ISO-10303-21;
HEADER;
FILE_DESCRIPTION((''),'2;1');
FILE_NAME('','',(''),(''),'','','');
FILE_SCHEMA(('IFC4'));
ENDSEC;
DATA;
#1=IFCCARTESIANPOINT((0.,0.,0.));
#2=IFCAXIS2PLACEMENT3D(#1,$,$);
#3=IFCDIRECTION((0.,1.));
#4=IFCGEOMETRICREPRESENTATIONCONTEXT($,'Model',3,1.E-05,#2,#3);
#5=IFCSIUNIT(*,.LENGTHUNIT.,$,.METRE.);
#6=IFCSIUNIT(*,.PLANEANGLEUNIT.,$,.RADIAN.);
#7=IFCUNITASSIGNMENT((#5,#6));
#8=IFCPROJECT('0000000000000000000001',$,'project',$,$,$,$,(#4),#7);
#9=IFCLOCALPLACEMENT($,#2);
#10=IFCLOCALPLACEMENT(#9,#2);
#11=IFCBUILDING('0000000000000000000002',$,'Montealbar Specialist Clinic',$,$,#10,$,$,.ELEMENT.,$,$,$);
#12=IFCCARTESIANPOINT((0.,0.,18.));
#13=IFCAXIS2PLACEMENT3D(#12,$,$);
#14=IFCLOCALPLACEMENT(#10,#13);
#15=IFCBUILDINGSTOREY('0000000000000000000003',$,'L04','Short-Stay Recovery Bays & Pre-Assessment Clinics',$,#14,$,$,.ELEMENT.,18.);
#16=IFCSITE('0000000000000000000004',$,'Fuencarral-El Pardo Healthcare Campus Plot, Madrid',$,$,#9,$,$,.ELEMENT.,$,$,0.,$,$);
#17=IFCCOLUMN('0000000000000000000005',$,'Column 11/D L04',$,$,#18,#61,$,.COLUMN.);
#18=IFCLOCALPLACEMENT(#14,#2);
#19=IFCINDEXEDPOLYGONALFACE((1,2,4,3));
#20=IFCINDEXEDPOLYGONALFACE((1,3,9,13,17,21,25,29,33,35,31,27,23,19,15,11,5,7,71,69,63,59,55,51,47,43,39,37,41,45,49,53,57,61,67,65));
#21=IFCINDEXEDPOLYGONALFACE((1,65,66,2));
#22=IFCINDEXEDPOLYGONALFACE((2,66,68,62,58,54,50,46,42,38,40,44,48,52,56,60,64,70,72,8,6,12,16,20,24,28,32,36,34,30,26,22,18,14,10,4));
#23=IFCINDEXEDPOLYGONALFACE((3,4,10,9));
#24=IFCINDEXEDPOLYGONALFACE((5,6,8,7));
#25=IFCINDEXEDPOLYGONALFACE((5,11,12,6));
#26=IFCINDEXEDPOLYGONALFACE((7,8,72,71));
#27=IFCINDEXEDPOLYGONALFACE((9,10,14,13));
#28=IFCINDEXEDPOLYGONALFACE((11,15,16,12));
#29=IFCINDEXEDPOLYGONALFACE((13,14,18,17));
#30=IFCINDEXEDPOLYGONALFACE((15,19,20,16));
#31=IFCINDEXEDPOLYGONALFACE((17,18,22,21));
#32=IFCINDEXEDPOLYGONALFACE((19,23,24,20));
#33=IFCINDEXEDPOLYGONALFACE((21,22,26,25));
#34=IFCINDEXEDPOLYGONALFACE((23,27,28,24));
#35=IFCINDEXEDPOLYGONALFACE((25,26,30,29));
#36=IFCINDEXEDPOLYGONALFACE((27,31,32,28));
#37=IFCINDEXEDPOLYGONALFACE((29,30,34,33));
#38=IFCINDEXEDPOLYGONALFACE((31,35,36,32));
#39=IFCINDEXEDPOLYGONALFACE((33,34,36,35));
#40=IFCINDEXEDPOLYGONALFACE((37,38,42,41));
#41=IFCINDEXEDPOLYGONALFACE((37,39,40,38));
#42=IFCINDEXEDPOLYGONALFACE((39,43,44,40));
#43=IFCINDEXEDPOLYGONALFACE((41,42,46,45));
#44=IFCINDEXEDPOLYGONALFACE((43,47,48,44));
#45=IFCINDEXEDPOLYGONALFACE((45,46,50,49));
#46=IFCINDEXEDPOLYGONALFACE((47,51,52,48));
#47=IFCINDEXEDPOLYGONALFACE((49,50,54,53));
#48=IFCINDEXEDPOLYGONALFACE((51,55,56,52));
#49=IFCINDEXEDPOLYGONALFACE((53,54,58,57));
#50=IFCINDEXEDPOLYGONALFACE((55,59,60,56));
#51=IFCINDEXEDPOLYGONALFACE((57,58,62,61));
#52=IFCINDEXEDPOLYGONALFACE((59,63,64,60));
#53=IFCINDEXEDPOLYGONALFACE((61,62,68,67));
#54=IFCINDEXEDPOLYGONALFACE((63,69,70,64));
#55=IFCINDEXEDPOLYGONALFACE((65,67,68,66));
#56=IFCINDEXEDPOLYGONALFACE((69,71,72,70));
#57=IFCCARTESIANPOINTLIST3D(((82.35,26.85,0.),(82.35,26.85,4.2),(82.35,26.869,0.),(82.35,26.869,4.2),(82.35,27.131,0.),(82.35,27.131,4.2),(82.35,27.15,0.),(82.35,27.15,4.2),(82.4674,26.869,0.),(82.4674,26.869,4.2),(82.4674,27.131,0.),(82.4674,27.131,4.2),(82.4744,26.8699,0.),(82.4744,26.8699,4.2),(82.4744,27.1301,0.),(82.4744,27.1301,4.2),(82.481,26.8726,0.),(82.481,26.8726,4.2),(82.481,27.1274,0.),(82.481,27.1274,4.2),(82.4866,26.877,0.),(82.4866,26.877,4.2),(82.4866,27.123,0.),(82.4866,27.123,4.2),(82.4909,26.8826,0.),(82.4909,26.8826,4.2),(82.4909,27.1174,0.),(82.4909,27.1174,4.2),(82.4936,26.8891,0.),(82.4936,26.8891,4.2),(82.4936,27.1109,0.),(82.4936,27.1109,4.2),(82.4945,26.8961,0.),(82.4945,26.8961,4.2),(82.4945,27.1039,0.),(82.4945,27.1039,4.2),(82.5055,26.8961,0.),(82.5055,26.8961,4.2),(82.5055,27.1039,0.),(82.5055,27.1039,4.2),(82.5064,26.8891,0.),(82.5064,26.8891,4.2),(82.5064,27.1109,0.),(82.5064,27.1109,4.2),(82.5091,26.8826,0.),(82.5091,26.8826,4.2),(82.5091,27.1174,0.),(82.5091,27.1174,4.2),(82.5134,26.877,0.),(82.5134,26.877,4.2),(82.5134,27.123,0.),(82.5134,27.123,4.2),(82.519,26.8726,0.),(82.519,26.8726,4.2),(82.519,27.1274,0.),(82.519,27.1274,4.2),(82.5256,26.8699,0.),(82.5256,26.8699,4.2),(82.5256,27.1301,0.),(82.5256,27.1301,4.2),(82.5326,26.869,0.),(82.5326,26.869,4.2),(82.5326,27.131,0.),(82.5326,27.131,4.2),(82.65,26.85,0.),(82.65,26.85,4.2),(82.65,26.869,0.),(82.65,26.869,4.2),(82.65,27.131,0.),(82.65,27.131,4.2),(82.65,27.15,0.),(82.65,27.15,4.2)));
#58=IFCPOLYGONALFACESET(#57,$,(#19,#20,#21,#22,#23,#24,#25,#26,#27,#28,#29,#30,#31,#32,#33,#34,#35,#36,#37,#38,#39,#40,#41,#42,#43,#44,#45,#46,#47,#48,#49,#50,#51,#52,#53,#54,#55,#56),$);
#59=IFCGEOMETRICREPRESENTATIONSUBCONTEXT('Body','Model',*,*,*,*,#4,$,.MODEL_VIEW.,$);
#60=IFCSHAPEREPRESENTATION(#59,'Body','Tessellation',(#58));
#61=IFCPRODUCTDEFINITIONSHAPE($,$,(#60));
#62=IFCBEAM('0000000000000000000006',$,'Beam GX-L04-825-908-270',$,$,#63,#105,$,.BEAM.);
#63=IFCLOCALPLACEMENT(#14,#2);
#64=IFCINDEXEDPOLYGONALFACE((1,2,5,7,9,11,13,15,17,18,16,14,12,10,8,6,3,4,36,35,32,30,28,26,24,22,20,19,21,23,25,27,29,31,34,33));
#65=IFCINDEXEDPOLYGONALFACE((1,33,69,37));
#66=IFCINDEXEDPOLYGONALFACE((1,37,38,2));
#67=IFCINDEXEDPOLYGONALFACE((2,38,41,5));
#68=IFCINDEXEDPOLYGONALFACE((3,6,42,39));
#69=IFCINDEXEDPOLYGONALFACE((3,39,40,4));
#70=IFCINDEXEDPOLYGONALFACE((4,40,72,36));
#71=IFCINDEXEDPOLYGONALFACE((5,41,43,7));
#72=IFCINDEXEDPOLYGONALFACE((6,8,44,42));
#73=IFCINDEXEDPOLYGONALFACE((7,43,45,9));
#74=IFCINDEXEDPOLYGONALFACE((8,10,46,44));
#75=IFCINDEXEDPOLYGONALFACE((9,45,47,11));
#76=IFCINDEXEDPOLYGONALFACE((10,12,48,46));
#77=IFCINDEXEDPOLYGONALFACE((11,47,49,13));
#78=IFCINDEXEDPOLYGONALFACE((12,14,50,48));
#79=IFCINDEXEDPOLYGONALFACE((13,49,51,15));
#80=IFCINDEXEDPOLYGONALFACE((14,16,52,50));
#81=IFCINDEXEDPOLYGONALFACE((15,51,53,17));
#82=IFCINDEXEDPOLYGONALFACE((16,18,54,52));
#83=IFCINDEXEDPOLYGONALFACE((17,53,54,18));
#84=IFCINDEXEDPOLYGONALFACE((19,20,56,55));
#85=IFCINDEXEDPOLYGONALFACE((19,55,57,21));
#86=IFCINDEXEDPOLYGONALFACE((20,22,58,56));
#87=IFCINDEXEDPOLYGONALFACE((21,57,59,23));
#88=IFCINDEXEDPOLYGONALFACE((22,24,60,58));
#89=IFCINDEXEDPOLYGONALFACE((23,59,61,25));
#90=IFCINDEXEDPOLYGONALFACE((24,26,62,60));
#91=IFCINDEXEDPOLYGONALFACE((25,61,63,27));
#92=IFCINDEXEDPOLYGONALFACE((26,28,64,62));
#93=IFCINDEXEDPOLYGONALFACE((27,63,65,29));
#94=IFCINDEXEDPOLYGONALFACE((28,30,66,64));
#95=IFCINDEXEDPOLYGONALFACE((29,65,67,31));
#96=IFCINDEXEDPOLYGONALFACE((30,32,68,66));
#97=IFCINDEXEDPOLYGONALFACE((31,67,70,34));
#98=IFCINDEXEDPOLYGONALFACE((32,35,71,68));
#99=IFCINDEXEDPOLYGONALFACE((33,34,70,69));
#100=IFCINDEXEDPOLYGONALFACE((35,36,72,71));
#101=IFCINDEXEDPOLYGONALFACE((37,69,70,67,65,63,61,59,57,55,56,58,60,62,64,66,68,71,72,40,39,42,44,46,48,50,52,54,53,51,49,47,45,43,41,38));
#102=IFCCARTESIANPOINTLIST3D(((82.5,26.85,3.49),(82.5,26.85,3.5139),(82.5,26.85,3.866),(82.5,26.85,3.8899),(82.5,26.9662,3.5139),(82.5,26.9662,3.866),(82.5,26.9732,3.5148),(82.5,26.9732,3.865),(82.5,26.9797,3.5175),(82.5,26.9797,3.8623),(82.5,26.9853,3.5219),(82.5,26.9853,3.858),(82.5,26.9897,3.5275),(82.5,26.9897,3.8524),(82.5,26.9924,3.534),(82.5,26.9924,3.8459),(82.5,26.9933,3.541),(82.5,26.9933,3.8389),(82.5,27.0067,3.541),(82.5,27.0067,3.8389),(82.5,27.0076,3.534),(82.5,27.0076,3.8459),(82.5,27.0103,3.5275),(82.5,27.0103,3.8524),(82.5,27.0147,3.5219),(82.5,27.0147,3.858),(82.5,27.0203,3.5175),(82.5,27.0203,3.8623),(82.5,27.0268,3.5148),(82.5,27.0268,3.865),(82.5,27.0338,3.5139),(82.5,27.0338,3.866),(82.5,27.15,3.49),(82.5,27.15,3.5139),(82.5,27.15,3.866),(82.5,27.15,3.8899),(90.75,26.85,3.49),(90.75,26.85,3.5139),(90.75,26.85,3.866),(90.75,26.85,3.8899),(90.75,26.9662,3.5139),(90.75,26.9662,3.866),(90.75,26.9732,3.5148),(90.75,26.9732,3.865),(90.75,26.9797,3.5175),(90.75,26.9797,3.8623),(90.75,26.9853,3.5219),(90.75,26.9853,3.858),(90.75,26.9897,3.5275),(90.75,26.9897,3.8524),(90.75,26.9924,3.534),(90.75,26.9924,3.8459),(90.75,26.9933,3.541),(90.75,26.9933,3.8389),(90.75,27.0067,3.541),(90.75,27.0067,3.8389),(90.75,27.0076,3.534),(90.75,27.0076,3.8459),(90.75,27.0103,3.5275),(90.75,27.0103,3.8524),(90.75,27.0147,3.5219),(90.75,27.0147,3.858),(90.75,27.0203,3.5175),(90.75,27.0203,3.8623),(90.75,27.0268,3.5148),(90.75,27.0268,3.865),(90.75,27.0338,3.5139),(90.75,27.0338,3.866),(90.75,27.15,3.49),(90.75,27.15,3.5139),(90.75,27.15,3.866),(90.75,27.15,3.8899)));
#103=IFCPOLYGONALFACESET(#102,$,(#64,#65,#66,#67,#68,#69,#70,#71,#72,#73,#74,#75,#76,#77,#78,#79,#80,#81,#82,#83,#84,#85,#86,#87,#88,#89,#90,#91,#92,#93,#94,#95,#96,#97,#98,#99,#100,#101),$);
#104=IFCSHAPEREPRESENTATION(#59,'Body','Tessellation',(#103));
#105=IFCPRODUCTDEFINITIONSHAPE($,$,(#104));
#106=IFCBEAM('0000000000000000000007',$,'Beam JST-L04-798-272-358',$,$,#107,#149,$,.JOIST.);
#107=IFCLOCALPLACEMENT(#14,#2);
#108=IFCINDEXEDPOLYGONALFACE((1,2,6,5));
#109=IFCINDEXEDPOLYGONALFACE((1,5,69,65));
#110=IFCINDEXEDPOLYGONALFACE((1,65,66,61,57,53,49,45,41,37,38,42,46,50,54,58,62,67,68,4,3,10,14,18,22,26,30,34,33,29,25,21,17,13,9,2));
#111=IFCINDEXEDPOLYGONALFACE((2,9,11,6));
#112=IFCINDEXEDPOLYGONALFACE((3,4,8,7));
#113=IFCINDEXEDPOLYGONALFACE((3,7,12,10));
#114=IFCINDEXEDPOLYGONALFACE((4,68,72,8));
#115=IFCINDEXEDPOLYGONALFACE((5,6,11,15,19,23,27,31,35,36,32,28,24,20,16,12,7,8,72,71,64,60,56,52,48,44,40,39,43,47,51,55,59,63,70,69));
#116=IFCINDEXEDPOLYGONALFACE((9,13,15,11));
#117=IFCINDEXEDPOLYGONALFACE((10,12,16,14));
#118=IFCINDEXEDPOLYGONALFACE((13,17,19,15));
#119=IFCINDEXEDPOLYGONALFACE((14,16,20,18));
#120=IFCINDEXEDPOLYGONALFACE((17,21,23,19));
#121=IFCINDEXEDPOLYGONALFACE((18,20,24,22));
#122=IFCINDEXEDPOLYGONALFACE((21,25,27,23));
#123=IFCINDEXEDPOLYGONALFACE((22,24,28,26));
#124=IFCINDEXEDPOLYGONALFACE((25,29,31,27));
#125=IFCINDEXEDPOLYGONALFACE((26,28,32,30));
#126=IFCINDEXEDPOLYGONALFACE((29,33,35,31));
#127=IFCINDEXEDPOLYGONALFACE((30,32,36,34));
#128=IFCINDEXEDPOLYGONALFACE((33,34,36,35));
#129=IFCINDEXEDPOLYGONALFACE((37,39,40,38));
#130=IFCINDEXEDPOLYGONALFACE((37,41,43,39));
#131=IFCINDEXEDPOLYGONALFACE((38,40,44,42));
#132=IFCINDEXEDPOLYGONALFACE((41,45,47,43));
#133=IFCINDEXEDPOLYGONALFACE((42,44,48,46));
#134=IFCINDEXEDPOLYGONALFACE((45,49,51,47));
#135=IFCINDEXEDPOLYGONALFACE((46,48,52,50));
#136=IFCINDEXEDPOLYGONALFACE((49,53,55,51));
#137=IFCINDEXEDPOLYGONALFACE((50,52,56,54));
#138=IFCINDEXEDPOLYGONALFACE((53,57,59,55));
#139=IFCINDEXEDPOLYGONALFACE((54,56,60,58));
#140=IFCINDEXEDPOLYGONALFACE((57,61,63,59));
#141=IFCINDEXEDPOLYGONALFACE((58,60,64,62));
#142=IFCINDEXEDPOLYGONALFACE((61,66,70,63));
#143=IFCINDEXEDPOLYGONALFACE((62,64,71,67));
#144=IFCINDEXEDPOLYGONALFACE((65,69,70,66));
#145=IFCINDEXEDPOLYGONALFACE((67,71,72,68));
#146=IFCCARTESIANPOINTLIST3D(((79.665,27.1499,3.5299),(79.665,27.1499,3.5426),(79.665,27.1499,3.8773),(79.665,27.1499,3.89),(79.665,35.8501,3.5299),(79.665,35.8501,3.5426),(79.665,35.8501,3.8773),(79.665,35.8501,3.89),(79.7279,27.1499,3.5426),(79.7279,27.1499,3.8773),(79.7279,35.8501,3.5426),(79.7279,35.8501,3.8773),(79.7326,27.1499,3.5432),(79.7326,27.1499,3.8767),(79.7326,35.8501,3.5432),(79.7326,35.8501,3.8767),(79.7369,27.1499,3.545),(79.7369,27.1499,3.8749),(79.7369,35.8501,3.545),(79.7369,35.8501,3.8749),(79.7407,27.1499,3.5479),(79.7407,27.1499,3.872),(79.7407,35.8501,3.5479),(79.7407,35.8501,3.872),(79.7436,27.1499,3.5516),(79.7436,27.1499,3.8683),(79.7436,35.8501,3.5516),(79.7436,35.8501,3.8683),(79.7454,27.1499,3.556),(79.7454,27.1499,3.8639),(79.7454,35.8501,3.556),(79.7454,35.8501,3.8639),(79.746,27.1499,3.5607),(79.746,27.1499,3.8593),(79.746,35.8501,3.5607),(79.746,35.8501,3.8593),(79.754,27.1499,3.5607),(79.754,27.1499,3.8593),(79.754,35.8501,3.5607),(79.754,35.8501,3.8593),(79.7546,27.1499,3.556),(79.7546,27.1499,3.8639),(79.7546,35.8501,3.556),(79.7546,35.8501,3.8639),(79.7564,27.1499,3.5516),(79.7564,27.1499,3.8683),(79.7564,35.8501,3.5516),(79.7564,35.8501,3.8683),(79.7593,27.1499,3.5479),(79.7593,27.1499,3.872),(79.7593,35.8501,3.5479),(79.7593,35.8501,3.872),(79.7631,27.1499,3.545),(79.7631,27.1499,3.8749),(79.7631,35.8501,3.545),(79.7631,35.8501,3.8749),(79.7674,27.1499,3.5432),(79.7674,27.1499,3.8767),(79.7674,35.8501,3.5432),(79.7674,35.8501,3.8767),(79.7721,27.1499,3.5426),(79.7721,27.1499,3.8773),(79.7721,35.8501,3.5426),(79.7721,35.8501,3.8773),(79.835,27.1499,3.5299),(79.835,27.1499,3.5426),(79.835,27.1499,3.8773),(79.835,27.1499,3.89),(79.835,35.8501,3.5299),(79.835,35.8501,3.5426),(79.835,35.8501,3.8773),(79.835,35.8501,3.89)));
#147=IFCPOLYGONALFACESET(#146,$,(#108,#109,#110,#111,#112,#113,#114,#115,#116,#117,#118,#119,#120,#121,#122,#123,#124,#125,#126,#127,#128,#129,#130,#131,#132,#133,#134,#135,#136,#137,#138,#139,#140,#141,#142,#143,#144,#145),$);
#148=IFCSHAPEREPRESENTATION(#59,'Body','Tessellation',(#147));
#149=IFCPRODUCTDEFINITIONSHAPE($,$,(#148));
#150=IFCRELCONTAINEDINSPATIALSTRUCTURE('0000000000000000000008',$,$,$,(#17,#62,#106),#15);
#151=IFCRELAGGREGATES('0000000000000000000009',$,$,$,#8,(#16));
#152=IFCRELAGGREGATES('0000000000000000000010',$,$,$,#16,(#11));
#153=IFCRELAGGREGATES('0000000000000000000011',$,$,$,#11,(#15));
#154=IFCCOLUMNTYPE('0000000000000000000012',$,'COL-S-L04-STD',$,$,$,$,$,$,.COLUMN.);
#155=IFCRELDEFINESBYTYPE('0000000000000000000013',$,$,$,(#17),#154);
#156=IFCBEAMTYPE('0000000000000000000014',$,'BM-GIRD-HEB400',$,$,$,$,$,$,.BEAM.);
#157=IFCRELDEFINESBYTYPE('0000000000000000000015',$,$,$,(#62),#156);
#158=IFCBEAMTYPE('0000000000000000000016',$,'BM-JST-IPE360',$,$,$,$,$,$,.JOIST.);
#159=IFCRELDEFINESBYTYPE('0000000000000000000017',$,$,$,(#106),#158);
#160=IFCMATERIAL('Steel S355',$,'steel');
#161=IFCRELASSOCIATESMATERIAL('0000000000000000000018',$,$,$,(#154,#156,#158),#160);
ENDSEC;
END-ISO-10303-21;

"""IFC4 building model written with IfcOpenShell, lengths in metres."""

from ifc_helpers import new_model, si_unit, direction, frame, origin, origin_2d, place, context, subcontext, project, spatial, i_section, extrude, material, material_profile, profile_set, type_object, element, save


model = new_model("IFC4")

# Units and contexts
model_context = context("Model", 3, precision=1e-05, world=origin(), true_north=direction((0.0, 1.0)))
body_context = subcontext(model_context, "Body", "Model", "MODEL_VIEW")
ifc_project = project(units=[si_unit("LENGTHUNIT", "METRE"), si_unit("PLANEANGLEUNIT", "RADIAN")], contexts=[model_context])

# Site, building, storey
site_placement = place(None, origin())
site = spatial("IfcSite", under=ifc_project, at=site_placement, Name="Fuencarral-El Pardo Healthcare Campus Plot, Madrid", CompositionType="ELEMENT", RefElevation=0.0)
building_placement = place(site_placement, origin())
building = spatial("IfcBuilding", under=site, at=building_placement, Name="Montealbar Specialist Clinic", CompositionType="ELEMENT")
storey_placement = place(building_placement, frame((0.0, 0.0, 18.0)))
storey = spatial("IfcBuildingStorey", under=building, at=storey_placement, Name="L04", Description="Short-Stay Recovery Bays & Pre-Assessment Clinics", CompositionType="ELEMENT", Elevation=18.0)

# Column
ifc_material_1 = material(Name="Steel S355", Category="steel")
ifc_material_profile_1 = material_profile(ifc_material_1, i_section(OverallWidth=0.3, OverallDepth=0.3, WebThickness=0.011, FlangeThickness=0.019, FilletRadius=0.0271, at=origin_2d()), Name="HEB 300", Category="steel")
ifc_profile_set_1 = profile_set([ifc_material_profile_1], Name="Steel S355")
column_type = type_object("IfcColumnType", Name="COL-S-L04-STD", PredefinedType="COLUMN", material=ifc_profile_set_1)
column_placement = place(storey_placement, frame((82.5, 27.0, 0.0), z_axis=(0.0, 0.0, 1.0), x_axis=(1.0, 0.0, 0.0)))
element("IfcColumn", 1, at=column_placement, inside=storey, type_object=column_type, Name="Column 11/D L04", PredefinedType="COLUMN", context=body_context, shape_type="SweptSolid", body=[
    extrude(i_section(OverallWidth=0.3, OverallDepth=0.3, WebThickness=0.011, FlangeThickness=0.019, FilletRadius=0.0271, at=origin_2d()), origin(), (0.0, 0.0, 1.0), 4.2),
])

# Beams
ifc_material_profile_2 = material_profile(ifc_material_1, i_section(OverallWidth=0.3, OverallDepth=0.3999, WebThickness=0.0134, FlangeThickness=0.0239, FilletRadius=0.0271, at=origin_2d()), Name="HEB 400", Category="steel")
ifc_profile_set_2 = profile_set([ifc_material_profile_2], Name="Steel S355")
beam_type_1 = type_object("IfcBeamType", Name="BM-GIRD-HEB400", PredefinedType="BEAM", material=ifc_profile_set_2)
beam_1_placement = place(storey_placement, frame((82.5, 27.0, 3.6899), z_axis=(1.0, 0.0, 0.0), x_axis=(0.0, 1.0, 0.0)))
element("IfcBeam", 2, at=beam_1_placement, inside=storey, type_object=beam_type_1, Name="Beam GX-L04-825-908-270", PredefinedType="BEAM", context=body_context, shape_type="SweptSolid", body=[
    extrude(i_section(OverallWidth=0.3, OverallDepth=0.3999, WebThickness=0.0134, FlangeThickness=0.0239, FilletRadius=0.0271, at=origin_2d()), origin(), (0.0, 0.0, 1.0), 8.25),
])
ifc_material_profile_3 = material_profile(ifc_material_1, i_section(OverallWidth=0.1699, OverallDepth=0.3601, WebThickness=0.0081, FlangeThickness=0.0127, FilletRadius=0.0181, at=origin_2d()), Name="IPE 360", Category="steel")
ifc_profile_set_3 = profile_set([ifc_material_profile_3], Name="Steel S355")
beam_type_2 = type_object("IfcBeamType", Name="BM-JST-IPE360", PredefinedType="JOIST", material=ifc_profile_set_3)
beam_2_placement = place(storey_placement, frame((79.75, 27.1499, 3.71), z_axis=(0.0, 1.0, 0.0), x_axis=(-1.0, 0.0, 0.0)))
element("IfcBeam", 3, at=beam_2_placement, inside=storey, type_object=beam_type_2, Name="Beam JST-L04-798-272-358", PredefinedType="JOIST", context=body_context, shape_type="SweptSolid", body=[
    extrude(i_section(OverallWidth=0.1699, OverallDepth=0.3601, WebThickness=0.0081, FlangeThickness=0.0127, FilletRadius=0.0181, at=origin_2d()), origin(), (0.0, 0.0, 1.0), 8.7002),
])

save(model, "model.ifc")
